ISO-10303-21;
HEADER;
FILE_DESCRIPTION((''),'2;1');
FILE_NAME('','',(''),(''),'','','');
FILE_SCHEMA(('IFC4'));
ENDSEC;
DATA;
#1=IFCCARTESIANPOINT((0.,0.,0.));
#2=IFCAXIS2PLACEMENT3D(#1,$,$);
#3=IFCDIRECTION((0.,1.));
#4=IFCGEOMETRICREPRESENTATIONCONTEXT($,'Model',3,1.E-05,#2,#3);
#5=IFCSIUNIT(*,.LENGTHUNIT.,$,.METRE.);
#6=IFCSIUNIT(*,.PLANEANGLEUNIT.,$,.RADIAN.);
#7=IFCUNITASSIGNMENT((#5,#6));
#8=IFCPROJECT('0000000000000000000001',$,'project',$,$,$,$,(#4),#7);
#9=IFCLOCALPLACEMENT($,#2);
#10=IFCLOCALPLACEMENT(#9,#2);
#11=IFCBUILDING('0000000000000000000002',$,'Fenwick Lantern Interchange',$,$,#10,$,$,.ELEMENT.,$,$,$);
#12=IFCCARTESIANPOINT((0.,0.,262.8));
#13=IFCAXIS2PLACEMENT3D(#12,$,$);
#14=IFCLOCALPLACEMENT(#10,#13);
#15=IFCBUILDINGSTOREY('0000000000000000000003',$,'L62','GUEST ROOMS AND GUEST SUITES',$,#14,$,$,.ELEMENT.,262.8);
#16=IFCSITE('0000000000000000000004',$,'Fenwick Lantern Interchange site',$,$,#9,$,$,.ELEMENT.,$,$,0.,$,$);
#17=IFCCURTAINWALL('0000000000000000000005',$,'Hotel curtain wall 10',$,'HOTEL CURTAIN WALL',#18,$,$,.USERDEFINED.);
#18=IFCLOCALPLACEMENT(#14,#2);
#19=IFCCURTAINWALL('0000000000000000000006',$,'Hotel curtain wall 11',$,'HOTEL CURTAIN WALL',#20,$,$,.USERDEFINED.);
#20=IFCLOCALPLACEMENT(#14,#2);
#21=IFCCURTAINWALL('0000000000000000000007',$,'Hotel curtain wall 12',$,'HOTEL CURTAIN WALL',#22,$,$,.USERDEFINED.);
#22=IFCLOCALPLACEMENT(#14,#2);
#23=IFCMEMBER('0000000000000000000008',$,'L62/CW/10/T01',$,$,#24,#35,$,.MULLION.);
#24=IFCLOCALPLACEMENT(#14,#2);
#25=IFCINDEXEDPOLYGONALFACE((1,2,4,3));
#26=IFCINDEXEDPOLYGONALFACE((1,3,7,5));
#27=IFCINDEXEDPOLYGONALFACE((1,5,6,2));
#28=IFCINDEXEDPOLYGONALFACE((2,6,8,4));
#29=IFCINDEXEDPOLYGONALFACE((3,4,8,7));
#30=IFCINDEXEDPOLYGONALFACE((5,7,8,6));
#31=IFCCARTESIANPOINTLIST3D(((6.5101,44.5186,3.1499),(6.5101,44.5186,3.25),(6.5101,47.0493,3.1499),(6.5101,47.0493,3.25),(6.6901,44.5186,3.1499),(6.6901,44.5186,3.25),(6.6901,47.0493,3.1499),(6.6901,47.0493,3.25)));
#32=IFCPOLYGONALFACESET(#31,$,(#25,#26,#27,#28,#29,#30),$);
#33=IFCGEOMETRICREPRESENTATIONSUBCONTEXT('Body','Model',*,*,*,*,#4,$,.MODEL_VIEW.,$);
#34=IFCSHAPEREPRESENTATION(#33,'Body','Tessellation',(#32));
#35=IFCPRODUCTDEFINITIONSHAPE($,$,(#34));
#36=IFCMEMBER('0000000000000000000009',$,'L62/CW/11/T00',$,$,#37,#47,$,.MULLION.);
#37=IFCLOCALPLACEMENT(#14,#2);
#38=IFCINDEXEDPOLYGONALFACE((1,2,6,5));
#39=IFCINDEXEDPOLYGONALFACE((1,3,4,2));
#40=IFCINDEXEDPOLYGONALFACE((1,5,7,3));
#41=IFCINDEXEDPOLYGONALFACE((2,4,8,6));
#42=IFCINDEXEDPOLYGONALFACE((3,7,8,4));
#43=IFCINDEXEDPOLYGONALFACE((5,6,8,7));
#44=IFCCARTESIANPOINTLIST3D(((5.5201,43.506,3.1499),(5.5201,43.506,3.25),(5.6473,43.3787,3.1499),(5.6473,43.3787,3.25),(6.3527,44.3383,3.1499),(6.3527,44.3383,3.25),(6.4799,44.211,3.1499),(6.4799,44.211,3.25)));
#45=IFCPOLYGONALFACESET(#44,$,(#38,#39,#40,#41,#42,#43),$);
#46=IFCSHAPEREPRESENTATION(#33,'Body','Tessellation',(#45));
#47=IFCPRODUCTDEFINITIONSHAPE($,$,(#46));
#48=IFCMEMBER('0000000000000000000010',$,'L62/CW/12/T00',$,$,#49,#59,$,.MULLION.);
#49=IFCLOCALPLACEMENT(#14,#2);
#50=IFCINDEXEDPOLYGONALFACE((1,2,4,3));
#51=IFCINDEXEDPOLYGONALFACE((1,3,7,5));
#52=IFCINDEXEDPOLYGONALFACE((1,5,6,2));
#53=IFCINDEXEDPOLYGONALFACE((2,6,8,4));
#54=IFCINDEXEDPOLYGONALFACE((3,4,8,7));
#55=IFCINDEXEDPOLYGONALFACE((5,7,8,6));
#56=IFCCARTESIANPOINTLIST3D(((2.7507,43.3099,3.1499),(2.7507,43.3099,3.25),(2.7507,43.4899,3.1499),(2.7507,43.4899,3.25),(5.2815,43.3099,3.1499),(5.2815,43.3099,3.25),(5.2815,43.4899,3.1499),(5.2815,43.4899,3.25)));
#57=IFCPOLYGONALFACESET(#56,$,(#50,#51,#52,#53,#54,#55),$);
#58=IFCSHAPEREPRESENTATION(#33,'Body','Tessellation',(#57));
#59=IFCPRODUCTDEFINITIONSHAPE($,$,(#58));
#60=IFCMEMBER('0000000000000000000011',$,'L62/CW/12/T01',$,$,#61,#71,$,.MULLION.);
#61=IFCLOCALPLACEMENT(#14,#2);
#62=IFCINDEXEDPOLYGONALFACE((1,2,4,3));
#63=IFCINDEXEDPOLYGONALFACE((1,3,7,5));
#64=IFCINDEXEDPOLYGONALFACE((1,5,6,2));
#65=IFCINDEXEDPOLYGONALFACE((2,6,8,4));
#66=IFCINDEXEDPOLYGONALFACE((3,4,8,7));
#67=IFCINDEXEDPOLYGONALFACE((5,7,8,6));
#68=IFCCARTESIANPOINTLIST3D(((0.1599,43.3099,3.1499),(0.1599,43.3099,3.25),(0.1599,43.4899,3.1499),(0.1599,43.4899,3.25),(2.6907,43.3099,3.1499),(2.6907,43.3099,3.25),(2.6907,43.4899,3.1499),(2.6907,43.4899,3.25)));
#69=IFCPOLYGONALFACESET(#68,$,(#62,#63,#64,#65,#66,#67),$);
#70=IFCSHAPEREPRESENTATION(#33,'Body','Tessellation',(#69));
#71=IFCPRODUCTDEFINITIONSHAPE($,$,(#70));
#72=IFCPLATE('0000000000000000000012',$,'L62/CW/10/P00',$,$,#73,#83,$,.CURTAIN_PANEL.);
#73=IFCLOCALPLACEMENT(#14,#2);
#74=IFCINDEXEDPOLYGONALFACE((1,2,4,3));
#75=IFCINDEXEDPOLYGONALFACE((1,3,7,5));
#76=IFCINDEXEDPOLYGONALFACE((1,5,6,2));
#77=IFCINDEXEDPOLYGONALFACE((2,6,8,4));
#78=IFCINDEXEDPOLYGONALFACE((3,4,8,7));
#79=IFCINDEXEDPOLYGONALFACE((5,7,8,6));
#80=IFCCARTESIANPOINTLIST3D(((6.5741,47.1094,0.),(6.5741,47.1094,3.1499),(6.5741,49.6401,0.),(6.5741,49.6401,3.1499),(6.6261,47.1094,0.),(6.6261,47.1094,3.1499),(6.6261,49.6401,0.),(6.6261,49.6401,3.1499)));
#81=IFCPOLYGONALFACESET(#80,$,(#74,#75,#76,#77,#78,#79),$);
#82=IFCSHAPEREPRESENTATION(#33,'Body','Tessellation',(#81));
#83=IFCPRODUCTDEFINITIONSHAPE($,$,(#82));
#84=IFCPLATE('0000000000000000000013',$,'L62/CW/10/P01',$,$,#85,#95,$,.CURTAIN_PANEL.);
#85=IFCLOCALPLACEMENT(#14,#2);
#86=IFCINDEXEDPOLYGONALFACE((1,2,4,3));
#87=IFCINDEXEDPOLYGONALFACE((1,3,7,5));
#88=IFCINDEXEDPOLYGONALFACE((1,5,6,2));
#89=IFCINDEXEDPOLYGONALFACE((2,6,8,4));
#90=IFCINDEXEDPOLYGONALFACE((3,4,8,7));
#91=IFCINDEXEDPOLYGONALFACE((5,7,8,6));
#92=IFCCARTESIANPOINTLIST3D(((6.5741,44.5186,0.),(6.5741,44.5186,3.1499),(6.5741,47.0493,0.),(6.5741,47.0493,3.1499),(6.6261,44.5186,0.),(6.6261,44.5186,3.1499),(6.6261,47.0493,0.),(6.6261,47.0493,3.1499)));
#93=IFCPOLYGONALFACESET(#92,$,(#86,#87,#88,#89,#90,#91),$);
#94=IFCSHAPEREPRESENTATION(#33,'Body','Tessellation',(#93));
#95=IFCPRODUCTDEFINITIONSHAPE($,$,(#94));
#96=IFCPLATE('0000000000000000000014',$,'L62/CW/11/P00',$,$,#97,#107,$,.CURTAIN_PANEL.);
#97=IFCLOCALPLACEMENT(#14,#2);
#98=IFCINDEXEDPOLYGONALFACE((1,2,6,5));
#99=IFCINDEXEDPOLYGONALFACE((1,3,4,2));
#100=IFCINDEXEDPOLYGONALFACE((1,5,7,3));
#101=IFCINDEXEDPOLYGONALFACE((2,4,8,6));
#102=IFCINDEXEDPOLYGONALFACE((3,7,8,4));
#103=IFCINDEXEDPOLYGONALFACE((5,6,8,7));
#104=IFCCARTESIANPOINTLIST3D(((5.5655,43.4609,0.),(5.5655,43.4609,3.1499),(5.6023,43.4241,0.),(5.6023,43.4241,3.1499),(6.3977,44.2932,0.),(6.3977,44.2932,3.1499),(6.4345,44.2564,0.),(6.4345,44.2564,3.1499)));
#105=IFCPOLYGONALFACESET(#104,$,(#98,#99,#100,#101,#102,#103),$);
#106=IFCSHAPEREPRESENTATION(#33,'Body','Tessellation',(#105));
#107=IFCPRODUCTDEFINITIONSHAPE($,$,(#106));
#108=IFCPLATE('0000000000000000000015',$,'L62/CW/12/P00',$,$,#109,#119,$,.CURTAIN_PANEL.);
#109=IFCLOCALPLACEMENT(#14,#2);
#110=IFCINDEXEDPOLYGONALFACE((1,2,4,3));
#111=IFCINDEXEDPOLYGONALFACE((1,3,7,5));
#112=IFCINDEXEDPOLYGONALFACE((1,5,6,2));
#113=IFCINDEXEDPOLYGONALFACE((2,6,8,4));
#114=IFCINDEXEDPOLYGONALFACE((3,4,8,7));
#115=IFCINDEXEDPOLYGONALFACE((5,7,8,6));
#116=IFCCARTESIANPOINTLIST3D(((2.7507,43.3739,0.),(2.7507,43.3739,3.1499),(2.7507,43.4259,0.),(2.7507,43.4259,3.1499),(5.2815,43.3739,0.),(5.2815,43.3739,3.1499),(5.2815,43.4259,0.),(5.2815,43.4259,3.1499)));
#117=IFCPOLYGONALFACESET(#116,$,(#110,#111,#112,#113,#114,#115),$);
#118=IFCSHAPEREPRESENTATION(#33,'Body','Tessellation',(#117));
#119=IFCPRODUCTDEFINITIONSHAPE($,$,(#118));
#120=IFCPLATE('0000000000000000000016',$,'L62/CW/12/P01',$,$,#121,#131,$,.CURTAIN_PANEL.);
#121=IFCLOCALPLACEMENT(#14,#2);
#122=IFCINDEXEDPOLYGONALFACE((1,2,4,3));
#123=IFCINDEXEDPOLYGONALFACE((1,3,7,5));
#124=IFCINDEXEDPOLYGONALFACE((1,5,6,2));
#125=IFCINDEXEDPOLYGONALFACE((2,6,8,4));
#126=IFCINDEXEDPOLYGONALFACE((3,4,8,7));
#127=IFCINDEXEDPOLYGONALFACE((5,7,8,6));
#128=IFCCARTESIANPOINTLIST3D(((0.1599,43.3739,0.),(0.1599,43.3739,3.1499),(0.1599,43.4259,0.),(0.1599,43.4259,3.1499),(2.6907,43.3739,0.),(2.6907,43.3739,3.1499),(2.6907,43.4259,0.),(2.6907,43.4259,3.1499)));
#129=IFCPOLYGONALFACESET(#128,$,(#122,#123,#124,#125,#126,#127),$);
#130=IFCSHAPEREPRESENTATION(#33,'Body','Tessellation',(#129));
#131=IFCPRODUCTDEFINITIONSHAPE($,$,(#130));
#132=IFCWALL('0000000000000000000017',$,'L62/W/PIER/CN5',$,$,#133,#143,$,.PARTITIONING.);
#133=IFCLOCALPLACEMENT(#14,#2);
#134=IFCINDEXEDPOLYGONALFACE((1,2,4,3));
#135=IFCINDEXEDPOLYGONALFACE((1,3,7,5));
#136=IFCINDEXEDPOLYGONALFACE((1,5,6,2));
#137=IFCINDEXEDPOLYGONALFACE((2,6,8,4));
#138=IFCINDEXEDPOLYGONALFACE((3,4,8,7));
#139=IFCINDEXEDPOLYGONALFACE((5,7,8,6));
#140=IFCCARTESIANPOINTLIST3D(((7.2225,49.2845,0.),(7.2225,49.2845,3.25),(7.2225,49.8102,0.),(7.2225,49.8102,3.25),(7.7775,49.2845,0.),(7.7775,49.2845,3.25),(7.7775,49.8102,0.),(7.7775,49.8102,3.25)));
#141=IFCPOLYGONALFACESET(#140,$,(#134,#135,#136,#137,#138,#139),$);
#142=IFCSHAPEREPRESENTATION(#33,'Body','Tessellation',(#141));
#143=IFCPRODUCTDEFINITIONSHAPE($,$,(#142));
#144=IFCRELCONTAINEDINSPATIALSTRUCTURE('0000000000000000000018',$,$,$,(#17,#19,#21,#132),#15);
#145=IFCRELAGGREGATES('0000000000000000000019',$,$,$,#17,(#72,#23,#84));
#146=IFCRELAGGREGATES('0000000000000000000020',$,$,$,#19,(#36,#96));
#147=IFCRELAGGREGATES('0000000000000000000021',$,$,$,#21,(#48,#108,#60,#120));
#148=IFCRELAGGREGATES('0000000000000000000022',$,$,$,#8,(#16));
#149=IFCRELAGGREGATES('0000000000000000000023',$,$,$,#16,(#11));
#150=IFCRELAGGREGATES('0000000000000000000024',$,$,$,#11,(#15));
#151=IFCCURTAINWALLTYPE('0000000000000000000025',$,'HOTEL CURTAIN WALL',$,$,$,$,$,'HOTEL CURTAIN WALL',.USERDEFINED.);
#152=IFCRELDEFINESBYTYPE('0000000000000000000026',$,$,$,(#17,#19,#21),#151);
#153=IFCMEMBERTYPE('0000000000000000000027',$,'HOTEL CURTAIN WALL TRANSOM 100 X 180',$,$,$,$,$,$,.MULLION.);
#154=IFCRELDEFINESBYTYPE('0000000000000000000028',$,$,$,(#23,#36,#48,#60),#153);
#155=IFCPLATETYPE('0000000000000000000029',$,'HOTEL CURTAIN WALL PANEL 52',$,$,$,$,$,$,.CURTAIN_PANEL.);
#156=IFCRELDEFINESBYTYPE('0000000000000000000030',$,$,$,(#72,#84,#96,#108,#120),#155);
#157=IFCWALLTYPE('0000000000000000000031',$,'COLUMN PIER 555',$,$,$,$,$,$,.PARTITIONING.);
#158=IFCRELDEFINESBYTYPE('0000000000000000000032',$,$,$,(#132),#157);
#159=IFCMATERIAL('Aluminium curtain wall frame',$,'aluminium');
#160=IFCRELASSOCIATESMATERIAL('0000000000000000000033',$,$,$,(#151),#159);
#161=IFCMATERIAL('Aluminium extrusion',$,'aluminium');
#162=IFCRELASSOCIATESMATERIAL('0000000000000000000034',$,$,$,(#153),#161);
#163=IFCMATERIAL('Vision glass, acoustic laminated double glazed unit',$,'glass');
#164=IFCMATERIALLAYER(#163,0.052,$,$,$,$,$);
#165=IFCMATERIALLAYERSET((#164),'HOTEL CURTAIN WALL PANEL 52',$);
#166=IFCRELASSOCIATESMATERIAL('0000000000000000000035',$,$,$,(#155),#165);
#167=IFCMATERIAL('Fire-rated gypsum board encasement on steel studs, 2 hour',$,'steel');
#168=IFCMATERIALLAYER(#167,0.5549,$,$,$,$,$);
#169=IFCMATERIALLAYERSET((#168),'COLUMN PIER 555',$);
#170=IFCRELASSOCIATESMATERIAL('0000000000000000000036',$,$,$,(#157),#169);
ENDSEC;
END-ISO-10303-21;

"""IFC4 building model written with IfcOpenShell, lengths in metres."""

from ifc_helpers import new_model, si_unit, direction, frame, frame_2d, origin, origin_2d, place, context, subcontext, project, spatial, rectangle, extrude, material, layer, layer_set, material_profile, profile_set, type_object, element, aggregate, save


model = new_model("IFC4")

# Units and contexts
model_context = context("Model", 3, precision=1e-05, world=origin(), true_north=direction((0.0, 1.0)))
body_context = subcontext(model_context, "Body", "Model", "MODEL_VIEW")
ifc_project = project(units=[si_unit("LENGTHUNIT", "METRE"), si_unit("PLANEANGLEUNIT", "RADIAN")], contexts=[model_context])

# Site, building, storey
site_placement = place(None, origin())
site = spatial("IfcSite", under=ifc_project, at=site_placement, Name="Fenwick Lantern Interchange site", CompositionType="ELEMENT", RefElevation=0.0)
building_placement = place(site_placement, origin())
building = spatial("IfcBuilding", under=site, at=building_placement, Name="Fenwick Lantern Interchange", CompositionType="ELEMENT")
storey_placement = place(building_placement, frame((0.0, 0.0, 262.8)))
storey = spatial("IfcBuildingStorey", under=building, at=storey_placement, Name="L62", Description="GUEST ROOMS AND GUEST SUITES", CompositionType="ELEMENT", Elevation=262.8)

# Shared definitions
ifc_material_1 = material(Name="Aluminium curtain wall frame", Category="aluminium")
curtain_wall_type = type_object("IfcCurtainWallType", Name="HOTEL CURTAIN WALL", ElementType="HOTEL CURTAIN WALL", PredefinedType="USERDEFINED", material=ifc_material_1)
ifc_material_2 = material(Name="Aluminium extrusion", Category="aluminium")

# Curtain walls
curtain_wall_1_placement = place(storey_placement, origin())
curtain_wall_1 = element("IfcCurtainWall", 1, at=curtain_wall_1_placement, inside=storey, type_object=curtain_wall_type, Name="Hotel curtain wall 10", ObjectType="HOTEL CURTAIN WALL", PredefinedType="USERDEFINED")
curtain_wall_2_placement = place(storey_placement, origin())
curtain_wall_2 = element("IfcCurtainWall", 2, at=curtain_wall_2_placement, inside=storey, type_object=curtain_wall_type, Name="Hotel curtain wall 11", ObjectType="HOTEL CURTAIN WALL", PredefinedType="USERDEFINED")
curtain_wall_3_placement = place(storey_placement, origin())
curtain_wall_3 = element("IfcCurtainWall", 3, at=curtain_wall_3_placement, inside=storey, type_object=curtain_wall_type, Name="Hotel curtain wall 12", ObjectType="HOTEL CURTAIN WALL", PredefinedType="USERDEFINED")

# Members
ifc_material_profile_1 = material_profile(ifc_material_2, rectangle(XDim=0.1799, YDim=0.1001, at=origin_2d()), Name="HOTEL CURTAIN WALL TRANSOM 100 X 180")
ifc_profile_set_1 = profile_set([ifc_material_profile_1], Name="Aluminium extrusion")
member_type_1 = type_object("IfcMemberType", Name="HOTEL CURTAIN WALL TRANSOM 100 X 180", PredefinedType="MULLION", material=ifc_profile_set_1)
member_1_placement = place(storey_placement, frame((6.6001, 47.0493, 3.2), z_axis=(0.0, -1.0, 0.0), x_axis=(1.0, 0.0, 0.0)))
member_1 = element("IfcMember", 4, at=member_1_placement, type_object=member_type_1, Name="L62/CW/10/T01", PredefinedType="MULLION", context=body_context, shape_type="SweptSolid", body=[
    extrude(rectangle(XDim=0.1799, YDim=0.1001, at=origin_2d()), origin(), (0.0, 0.0, 1.0), 2.5308),
])
member_2_placement = place(storey_placement, frame((6.4163, 44.2747, 3.2), z_axis=(-0.70721, -0.707003, 0.0), x_axis=(0.707003, -0.70721, 0.0)))
member_2 = element("IfcMember", 5, at=member_2_placement, type_object=member_type_1, Name="L62/CW/11/T00", PredefinedType="MULLION", context=body_context, shape_type="SweptSolid", body=[
    extrude(rectangle(XDim=0.1799, YDim=0.1001, at=origin_2d()), origin(), (0.0, 0.0, 1.0), 1.1772),
])
member_3_placement = place(storey_placement, frame((5.2815, 43.3999, 3.2), z_axis=(-1.0, 0.0, 0.0), x_axis=(0.0, -1.0, 0.0)))
member_3 = element("IfcMember", 6, at=member_3_placement, type_object=member_type_1, Name="L62/CW/12/T00", PredefinedType="MULLION", context=body_context, shape_type="SweptSolid", body=[
    extrude(rectangle(XDim=0.1799, YDim=0.1001, at=origin_2d()), origin(), (0.0, 0.0, 1.0), 2.5308),
])
member_4_placement = place(storey_placement, frame((2.6907, 43.3999, 3.2), z_axis=(-1.0, 0.0, 0.0), x_axis=(0.0, -1.0, 0.0)))
member_4 = element("IfcMember", 7, at=member_4_placement, type_object=member_type_1, Name="L62/CW/12/T01", PredefinedType="MULLION", context=body_context, shape_type="SweptSolid", body=[
    extrude(rectangle(XDim=0.1799, YDim=0.1001, at=origin_2d()), origin(), (0.0, 0.0, 1.0), 2.5308),
])

# Plates
ifc_material_3 = material(Name="Vision glass, acoustic laminated double glazed unit", Category="glass")
ifc_layer_1 = layer(ifc_material_3, 0.052)
ifc_layer_set_1 = layer_set([ifc_layer_1], Name="HOTEL CURTAIN WALL PANEL 52")
plate_type = type_object("IfcPlateType", Name="HOTEL CURTAIN WALL PANEL 52", PredefinedType="CURTAIN_PANEL", material=ifc_layer_set_1)
plate_1_placement = place(storey_placement, frame((6.6001, 48.3748, 0.0), z_axis=(0.0, 0.0, 1.0), x_axis=(0.0, -1.0, 0.0)))
plate_1 = element("IfcPlate", 8, at=plate_1_placement, type_object=plate_type, Name="L62/CW/10/P00", PredefinedType="CURTAIN_PANEL", context=body_context, shape_type="SweptSolid", body=[
    extrude(rectangle(XDim=2.5308, YDim=0.052, at=origin_2d()), origin(), (0.0, 0.0, 1.0), 3.1499),
])
plate_2_placement = place(storey_placement, frame((6.6001, 45.7839, 0.0), z_axis=(0.0, 0.0, 1.0), x_axis=(0.0, -1.0, 0.0)))
plate_2 = element("IfcPlate", 9, at=plate_2_placement, type_object=plate_type, Name="L62/CW/10/P01", PredefinedType="CURTAIN_PANEL", context=body_context, shape_type="SweptSolid", body=[
    extrude(rectangle(XDim=2.5308, YDim=0.052, at=origin_2d()), origin(), (0.0, 0.0, 1.0), 3.1499),
])
aggregate(curtain_wall_1, [plate_1, member_1, plate_2])
plate_3_placement = place(storey_placement, frame((6.0, 43.8586, 0.0), z_axis=(0.0, 0.0, 1.0), x_axis=(-0.707107, -0.707107, 0.0)))
plate_3 = element("IfcPlate", 10, at=plate_3_placement, type_object=plate_type, Name="L62/CW/11/P00", PredefinedType="CURTAIN_PANEL", context=body_context, shape_type="SweptSolid", body=[
    extrude(rectangle(XDim=1.177, YDim=0.052, at=origin_2d()), origin(), (0.0, 0.0, 1.0), 3.1499),
])
aggregate(curtain_wall_2, [member_2, plate_3])
plate_4_placement = place(storey_placement, frame((4.0161, 43.3999, 0.0), z_axis=(0.0, 0.0, 1.0), x_axis=(-1.0, 0.0, 0.0)))
plate_4 = element("IfcPlate", 11, at=plate_4_placement, type_object=plate_type, Name="L62/CW/12/P00", PredefinedType="CURTAIN_PANEL", context=body_context, shape_type="SweptSolid", body=[
    extrude(rectangle(XDim=2.5308, YDim=0.052, at=origin_2d()), origin(), (0.0, 0.0, 1.0), 3.1499),
])
plate_5_placement = place(storey_placement, frame((1.4253, 43.3999, 0.0), z_axis=(0.0, 0.0, 1.0), x_axis=(-1.0, 0.0, 0.0)))
plate_5 = element("IfcPlate", 12, at=plate_5_placement, type_object=plate_type, Name="L62/CW/12/P01", PredefinedType="CURTAIN_PANEL", context=body_context, shape_type="SweptSolid", body=[
    extrude(rectangle(XDim=2.5308, YDim=0.052, at=origin_2d()), origin(), (0.0, 0.0, 1.0), 3.1499),
])
aggregate(curtain_wall_3, [member_3, plate_4, member_4, plate_5])

# Wall
ifc_material_4 = material(Name="Fire-rated gypsum board encasement on steel studs, 2 hour", Category="steel")
ifc_layer_2 = layer(ifc_material_4, 0.5549)
ifc_layer_set_2 = layer_set([ifc_layer_2], Name="COLUMN PIER 555")
wall_type = type_object("IfcWallType", Name="COLUMN PIER 555", PredefinedType="PARTITIONING", material=ifc_layer_set_2)
wall_placement = place(storey_placement, frame((7.5, 49.8101, 0.0), z_axis=(0.0, 0.0, 1.0), x_axis=(0.0, -1.0, 0.0)))
element("IfcWall", 13, at=wall_placement, inside=storey, type_object=wall_type, Name="L62/W/PIER/CN5", PredefinedType="PARTITIONING", context=body_context, shape_type="SweptSolid", body=[
    extrude(rectangle(XDim=0.5256, YDim=0.5549, at=frame_2d((0.2627, 0.0))), origin(), (0.0, 0.0, 1.0), 3.25),
])

save(model, "model.ifc")
